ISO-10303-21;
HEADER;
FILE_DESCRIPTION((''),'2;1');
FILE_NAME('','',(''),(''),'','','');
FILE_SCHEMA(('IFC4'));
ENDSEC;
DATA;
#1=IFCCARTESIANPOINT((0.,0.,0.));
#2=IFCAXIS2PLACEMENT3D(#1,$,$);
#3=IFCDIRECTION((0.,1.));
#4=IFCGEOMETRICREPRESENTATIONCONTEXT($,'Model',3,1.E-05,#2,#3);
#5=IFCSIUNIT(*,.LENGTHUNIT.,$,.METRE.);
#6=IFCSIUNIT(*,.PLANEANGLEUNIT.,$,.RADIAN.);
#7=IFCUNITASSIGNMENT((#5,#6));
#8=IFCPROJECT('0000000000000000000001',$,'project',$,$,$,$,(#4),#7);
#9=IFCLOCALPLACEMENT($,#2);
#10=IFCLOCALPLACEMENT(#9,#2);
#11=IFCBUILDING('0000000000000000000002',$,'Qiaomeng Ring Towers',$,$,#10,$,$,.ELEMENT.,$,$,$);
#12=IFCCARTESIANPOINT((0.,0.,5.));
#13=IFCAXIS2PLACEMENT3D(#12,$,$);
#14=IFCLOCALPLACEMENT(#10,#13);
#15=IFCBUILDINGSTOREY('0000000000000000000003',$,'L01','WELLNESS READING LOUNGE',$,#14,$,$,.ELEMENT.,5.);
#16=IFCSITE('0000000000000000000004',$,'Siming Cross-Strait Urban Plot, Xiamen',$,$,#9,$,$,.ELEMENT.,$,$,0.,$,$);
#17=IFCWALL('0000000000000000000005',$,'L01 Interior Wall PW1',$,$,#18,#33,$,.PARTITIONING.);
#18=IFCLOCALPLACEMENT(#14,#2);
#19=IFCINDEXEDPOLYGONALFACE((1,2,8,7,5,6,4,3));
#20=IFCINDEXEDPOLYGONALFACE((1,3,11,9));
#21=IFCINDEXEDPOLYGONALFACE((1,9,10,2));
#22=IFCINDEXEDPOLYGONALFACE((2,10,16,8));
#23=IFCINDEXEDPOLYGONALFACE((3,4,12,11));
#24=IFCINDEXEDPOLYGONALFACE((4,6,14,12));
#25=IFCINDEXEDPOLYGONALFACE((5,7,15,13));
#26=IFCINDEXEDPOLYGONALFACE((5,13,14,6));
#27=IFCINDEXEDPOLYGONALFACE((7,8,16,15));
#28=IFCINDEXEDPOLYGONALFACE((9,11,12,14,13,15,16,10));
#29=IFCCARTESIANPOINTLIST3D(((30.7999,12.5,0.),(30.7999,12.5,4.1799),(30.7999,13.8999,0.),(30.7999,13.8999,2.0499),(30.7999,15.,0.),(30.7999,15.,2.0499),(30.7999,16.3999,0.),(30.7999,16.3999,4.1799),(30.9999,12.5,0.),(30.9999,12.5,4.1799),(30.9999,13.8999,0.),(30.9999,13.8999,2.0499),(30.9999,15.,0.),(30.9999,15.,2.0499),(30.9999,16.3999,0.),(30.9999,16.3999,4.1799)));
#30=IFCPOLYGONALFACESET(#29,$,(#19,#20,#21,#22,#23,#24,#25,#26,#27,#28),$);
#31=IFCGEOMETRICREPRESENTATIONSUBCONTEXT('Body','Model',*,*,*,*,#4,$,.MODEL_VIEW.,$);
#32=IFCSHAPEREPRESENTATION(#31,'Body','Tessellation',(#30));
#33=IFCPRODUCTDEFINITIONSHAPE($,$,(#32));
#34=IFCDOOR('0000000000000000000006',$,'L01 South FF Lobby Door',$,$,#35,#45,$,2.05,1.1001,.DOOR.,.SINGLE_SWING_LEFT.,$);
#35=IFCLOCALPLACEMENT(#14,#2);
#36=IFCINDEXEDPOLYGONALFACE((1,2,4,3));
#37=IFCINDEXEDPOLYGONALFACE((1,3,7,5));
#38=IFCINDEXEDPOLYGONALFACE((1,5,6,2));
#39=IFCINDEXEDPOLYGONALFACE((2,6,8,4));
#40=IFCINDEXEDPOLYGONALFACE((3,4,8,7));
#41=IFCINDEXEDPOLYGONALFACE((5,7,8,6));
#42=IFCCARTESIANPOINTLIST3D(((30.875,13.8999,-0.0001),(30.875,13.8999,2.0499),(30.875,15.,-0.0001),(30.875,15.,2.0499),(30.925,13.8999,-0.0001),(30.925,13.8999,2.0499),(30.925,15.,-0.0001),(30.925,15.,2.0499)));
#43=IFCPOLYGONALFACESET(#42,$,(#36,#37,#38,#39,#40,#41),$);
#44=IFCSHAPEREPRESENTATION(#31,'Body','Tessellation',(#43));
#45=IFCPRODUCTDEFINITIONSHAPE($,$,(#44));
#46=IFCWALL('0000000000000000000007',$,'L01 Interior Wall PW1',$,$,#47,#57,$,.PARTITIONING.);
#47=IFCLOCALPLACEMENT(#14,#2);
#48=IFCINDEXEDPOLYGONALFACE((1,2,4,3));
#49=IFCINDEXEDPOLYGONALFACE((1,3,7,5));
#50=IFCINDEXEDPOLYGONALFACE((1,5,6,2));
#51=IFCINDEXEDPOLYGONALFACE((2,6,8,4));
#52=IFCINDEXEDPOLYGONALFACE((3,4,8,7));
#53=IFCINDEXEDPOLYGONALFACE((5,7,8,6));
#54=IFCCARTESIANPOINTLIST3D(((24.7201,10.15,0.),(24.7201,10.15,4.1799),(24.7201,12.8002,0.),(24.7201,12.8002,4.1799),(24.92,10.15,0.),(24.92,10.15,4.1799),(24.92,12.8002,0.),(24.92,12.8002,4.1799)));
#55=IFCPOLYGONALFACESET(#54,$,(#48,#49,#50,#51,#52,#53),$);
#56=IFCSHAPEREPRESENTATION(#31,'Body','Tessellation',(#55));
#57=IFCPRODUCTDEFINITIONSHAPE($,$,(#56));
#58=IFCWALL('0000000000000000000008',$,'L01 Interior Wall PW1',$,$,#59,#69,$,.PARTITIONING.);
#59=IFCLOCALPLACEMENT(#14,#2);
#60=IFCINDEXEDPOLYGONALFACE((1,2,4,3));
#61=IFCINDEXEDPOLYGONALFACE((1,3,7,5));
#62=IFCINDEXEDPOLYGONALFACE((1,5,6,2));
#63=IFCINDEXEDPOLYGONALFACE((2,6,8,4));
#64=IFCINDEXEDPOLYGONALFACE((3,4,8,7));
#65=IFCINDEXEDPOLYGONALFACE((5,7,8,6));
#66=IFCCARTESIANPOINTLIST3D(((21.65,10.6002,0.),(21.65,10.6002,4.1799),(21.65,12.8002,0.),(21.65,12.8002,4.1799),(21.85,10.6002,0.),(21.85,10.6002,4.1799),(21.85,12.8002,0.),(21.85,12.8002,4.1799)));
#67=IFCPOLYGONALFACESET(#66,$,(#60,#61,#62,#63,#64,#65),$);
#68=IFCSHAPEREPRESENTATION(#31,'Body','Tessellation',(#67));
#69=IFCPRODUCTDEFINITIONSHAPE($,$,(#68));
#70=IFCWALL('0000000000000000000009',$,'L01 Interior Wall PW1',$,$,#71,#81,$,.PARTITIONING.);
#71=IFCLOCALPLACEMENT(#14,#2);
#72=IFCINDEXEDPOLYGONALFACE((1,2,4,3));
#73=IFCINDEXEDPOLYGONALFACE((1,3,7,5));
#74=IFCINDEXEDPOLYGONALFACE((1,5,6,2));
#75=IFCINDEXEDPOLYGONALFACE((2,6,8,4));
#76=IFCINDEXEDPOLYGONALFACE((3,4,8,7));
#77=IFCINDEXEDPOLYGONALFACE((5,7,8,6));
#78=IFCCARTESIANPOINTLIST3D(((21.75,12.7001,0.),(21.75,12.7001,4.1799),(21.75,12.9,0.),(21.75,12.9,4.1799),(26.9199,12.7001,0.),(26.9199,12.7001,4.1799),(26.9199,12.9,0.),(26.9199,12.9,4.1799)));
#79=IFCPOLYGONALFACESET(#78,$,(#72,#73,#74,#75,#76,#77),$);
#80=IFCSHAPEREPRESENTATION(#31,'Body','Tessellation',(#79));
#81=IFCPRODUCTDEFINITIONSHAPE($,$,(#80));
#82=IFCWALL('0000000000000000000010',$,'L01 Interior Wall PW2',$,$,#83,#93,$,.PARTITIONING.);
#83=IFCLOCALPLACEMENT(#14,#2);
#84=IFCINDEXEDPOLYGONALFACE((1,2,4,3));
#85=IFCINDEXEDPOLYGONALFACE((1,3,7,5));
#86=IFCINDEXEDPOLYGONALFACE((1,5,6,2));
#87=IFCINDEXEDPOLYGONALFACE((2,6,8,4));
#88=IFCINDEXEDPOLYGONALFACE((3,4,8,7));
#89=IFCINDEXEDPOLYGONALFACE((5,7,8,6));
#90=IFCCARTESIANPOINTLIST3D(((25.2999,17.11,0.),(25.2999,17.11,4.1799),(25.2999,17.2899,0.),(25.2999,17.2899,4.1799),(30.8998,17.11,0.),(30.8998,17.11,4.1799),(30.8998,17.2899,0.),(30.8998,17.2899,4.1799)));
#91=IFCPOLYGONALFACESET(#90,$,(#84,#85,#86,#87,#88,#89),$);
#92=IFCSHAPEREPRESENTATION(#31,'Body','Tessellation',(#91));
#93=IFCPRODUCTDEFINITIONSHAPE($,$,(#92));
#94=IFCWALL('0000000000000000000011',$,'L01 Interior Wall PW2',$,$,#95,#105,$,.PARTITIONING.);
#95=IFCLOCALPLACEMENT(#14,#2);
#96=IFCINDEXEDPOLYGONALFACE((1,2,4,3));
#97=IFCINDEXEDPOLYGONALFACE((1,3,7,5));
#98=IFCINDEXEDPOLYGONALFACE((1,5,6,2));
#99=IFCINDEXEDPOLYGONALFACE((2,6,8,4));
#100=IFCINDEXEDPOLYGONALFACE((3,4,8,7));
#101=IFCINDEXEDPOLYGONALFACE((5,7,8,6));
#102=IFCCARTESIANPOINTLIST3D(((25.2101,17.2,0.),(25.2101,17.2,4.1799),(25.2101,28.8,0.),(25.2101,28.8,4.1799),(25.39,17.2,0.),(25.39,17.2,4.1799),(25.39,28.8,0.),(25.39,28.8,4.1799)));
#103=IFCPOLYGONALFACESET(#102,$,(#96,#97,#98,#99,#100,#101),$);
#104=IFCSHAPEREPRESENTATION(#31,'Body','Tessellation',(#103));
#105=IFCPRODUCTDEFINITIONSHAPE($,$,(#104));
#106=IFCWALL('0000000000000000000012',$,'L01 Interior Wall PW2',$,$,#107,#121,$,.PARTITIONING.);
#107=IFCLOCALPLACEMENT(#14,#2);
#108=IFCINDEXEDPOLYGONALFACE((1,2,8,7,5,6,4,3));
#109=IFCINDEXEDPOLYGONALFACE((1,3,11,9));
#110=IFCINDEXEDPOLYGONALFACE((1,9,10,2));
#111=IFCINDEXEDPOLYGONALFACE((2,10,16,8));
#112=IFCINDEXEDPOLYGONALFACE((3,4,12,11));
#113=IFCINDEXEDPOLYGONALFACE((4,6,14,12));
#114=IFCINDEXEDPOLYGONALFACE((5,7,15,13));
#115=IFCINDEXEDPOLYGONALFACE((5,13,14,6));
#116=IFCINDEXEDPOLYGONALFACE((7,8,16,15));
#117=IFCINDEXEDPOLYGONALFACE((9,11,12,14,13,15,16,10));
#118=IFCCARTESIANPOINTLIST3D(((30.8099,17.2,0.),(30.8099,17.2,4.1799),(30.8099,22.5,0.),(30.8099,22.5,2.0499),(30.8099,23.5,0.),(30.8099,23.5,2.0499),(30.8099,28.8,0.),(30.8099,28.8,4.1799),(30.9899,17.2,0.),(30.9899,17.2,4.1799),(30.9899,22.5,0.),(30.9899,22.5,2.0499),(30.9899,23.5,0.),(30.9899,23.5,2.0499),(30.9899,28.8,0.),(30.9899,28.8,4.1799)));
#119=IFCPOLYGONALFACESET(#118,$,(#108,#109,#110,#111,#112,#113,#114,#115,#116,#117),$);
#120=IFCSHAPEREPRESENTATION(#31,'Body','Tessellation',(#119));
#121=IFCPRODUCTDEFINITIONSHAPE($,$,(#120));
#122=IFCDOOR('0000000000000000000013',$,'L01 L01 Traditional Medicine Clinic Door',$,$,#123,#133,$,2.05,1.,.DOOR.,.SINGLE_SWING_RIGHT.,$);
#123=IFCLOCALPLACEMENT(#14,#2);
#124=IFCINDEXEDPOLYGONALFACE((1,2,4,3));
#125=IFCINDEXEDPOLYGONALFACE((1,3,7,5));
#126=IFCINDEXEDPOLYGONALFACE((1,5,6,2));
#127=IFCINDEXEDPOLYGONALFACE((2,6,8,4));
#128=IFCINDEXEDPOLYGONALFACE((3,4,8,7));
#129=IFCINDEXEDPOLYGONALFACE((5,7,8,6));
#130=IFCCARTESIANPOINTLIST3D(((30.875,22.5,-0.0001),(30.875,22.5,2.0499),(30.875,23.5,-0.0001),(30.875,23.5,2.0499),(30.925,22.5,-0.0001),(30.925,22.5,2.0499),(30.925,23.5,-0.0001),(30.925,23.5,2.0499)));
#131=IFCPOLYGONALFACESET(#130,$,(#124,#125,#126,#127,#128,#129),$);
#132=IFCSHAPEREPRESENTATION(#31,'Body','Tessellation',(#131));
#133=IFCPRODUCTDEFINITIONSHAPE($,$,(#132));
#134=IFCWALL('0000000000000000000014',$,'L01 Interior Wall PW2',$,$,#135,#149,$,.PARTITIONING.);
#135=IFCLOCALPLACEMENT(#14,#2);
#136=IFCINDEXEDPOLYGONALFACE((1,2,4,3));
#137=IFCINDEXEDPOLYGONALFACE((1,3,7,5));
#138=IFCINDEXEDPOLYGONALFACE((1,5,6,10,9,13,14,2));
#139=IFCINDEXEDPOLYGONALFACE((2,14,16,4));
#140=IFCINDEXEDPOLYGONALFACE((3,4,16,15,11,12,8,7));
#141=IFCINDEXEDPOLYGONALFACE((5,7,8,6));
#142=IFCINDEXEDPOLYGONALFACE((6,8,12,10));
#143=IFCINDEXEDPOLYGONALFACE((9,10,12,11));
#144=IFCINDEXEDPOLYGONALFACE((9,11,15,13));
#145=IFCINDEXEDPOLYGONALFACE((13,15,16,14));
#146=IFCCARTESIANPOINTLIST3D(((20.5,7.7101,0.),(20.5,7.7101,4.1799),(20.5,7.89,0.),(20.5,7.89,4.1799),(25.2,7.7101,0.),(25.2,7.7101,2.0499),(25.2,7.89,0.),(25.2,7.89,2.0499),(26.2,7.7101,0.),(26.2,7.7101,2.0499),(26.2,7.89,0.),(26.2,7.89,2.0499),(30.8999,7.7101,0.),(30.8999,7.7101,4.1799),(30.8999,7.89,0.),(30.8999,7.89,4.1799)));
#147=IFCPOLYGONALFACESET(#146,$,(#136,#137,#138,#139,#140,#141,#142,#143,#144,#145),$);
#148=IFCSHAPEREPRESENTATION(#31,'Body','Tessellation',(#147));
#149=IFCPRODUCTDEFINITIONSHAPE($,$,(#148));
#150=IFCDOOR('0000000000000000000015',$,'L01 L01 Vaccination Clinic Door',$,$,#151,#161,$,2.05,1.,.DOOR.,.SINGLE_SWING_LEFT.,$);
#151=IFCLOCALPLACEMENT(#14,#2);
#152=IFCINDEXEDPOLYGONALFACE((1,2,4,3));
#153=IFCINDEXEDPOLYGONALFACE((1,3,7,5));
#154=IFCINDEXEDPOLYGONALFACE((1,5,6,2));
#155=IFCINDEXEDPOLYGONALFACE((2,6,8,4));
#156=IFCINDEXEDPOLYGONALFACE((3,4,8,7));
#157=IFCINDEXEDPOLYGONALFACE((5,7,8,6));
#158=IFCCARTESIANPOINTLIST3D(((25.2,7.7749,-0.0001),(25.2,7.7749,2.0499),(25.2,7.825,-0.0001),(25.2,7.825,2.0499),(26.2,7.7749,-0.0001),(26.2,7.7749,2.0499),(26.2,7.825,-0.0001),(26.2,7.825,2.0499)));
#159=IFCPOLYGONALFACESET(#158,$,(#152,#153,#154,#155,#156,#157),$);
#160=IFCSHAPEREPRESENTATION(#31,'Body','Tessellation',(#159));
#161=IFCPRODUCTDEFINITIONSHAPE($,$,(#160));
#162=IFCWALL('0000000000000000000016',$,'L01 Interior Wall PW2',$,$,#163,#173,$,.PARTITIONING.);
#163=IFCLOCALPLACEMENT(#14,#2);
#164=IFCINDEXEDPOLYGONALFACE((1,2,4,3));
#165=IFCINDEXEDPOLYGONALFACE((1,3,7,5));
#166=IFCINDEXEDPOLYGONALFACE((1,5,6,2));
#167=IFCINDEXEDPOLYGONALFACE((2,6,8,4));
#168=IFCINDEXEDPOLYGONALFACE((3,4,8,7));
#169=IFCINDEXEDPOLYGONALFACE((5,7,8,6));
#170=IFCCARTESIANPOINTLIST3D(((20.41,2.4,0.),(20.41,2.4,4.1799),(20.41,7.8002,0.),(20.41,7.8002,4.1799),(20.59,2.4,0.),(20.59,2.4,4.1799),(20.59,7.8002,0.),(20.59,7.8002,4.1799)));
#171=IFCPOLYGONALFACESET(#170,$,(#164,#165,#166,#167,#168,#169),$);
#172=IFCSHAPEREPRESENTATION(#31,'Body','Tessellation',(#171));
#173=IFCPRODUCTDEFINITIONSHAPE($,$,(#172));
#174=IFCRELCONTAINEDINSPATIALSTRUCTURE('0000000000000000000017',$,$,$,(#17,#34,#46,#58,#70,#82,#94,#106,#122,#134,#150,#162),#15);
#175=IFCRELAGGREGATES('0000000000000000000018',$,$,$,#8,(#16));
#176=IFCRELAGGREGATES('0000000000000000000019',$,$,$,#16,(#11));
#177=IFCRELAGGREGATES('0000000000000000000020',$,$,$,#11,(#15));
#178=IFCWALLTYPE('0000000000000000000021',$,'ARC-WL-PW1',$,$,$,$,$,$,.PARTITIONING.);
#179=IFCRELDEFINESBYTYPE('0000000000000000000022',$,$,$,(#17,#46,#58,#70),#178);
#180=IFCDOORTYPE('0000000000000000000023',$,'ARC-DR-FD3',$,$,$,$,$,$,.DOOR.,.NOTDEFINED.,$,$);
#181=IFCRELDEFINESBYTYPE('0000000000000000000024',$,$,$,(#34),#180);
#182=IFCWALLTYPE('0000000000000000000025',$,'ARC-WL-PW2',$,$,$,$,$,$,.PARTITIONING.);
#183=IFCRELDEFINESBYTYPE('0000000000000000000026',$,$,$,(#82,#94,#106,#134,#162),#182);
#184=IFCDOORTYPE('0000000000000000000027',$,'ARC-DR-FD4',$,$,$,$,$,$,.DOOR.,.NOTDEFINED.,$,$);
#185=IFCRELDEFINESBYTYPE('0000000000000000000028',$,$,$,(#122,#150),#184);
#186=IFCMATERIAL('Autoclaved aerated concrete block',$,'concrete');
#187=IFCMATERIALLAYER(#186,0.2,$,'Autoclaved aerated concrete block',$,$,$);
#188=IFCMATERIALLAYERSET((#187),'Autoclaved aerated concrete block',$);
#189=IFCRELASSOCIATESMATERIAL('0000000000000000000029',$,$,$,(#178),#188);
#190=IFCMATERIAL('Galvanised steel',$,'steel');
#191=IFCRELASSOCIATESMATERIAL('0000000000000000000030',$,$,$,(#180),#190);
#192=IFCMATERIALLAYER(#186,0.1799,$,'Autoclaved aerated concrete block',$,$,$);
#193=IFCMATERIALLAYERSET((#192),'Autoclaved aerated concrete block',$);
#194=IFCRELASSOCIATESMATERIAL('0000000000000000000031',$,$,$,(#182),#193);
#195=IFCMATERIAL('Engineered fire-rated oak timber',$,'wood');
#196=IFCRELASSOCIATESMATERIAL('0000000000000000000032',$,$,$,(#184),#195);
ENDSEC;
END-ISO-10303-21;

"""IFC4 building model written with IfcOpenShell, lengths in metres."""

from ifc_helpers import new_model, si_unit, direction, frame, frame_2d, origin, place, context, subcontext, project, spatial, rectangle, extrude, source, transform, mapped, material, layer, layer_set, type_object, element, fill, save


model = new_model("IFC4")

# Units and contexts
model_context = context("Model", 3, precision=1e-05, world=origin(), true_north=direction((0.0, 1.0)))
body_context = subcontext(model_context, "Body", "Model", "MODEL_VIEW")
ifc_project = project(units=[si_unit("LENGTHUNIT", "METRE"), si_unit("PLANEANGLEUNIT", "RADIAN")], contexts=[model_context])

# Site, building, storey
site_placement = place(None, origin())
site = spatial("IfcSite", under=ifc_project, at=site_placement, Name="Siming Cross-Strait Urban Plot, Xiamen", CompositionType="ELEMENT", RefElevation=0.0)
building_placement = place(site_placement, origin())
building = spatial("IfcBuilding", under=site, at=building_placement, Name="Qiaomeng Ring Towers", CompositionType="ELEMENT")
storey_placement = place(building_placement, frame((0.0, 0.0, 5.0)))
storey = spatial("IfcBuildingStorey", under=building, at=storey_placement, Name="L01", Description="WELLNESS READING LOUNGE", CompositionType="ELEMENT", Elevation=5.0)

# Shared definitions
ifc_material_1 = material(Name="Autoclaved aerated concrete block", Category="concrete")
ifc_layer_1 = layer(ifc_material_1, 0.2, Name="Autoclaved aerated concrete block")
ifc_layer_set_1 = layer_set([ifc_layer_1], Name="Autoclaved aerated concrete block")
wall_type_1 = type_object("IfcWallType", Name="ARC-WL-PW1", PredefinedType="PARTITIONING", material=ifc_layer_set_1)

# Wall, opening, door
wall_1_placement = place(storey_placement, frame((30.8999, 12.5, 0.0), z_axis=(0.0, 0.0, 1.0), x_axis=(0.0, 1.0, 0.0)))
wall_1 = element("IfcWall", 1, at=wall_1_placement, inside=storey, type_object=wall_type_1, Name="L01 Interior Wall PW1", PredefinedType="PARTITIONING", context=body_context, shape_type="SweptSolid", body=[
    extrude(rectangle(XDim=3.8999, YDim=0.2, at=frame_2d((1.95, 0.0))), origin(), (0.0, 0.0, 1.0), 4.1799),
])
opening_1_placement = place(wall_1_placement, frame((1.3999, 0.0, 0.0)))
opening_1 = element("IfcOpeningElement", 2, at=opening_1_placement, cuts=wall_1, PredefinedType="OPENING", context=body_context, shape_type="SweptSolid", body=[
    extrude(rectangle(XDim=1.1001, YDim=2.05, at=frame_2d((0.55, 1.0249))), frame((0.0, 0.1099, 0.0), z_axis=(0.0, -1.0, 0.0), x_axis=(1.0, 0.0, 0.0)), (0.0, 0.0, 1.0), 0.22),
])
ifc_material_2 = material(Name="Galvanised steel", Category="steel")
door_type_1 = type_object("IfcDoorType", Name="ARC-DR-FD3", OperationType="NOTDEFINED", PredefinedType="DOOR", material=ifc_material_2)
shared_shape_1 = source(origin(), body_context, "Body", "SweptSolid", [
    extrude(rectangle(XDim=1.1001, YDim=2.05, at=frame_2d((0.55, 1.0249))), frame((0.0, 0.0249, 0.0), z_axis=(0.0, -1.0, 0.0), x_axis=(1.0, 0.0, 0.0)), (0.0, 0.0, 1.0), 0.05),
])
door_1_placement = place(opening_1_placement, origin())
door_1 = element("IfcDoor", 3, at=door_1_placement, inside=storey, type_object=door_type_1, Name="L01 South FF Lobby Door", OperationType="SINGLE_SWING_LEFT", OverallHeight=2.05, OverallWidth=1.1001, PredefinedType="DOOR", context=body_context, shape_type="MappedRepresentation", body=[
    mapped(shared_shape_1, transform((0.0, 0.0, 0.0), x_axis=(1.0, 0.0, 0.0), y_axis=(0.0, 1.0, 0.0), z_axis=(0.0, 0.0, 1.0), scale=1.0)),
])
fill(opening_1, door_1)

# Walls
wall_2_placement = place(storey_placement, frame((24.8201, 10.1499, 0.0), z_axis=(0.0, 0.0, 1.0), x_axis=(0.0, 1.0, 0.0)))
element("IfcWall", 4, at=wall_2_placement, inside=storey, type_object=wall_type_1, Name="L01 Interior Wall PW1", PredefinedType="PARTITIONING", context=body_context, shape_type="SweptSolid", body=[
    extrude(rectangle(XDim=2.6501, YDim=0.2, at=frame_2d((1.3252, 0.0))), origin(), (0.0, 0.0, 1.0), 4.1799),
])
wall_3_placement = place(storey_placement, frame((21.75, 10.6001, 0.0), z_axis=(0.0, 0.0, 1.0), x_axis=(0.0, 1.0, 0.0)))
element("IfcWall", 5, at=wall_3_placement, inside=storey, type_object=wall_type_1, Name="L01 Interior Wall PW1", PredefinedType="PARTITIONING", context=body_context, shape_type="SweptSolid", body=[
    extrude(rectangle(XDim=2.2, YDim=0.2, at=frame_2d((1.1001, 0.0))), origin(), (0.0, 0.0, 1.0), 4.1799),
])
wall_4_placement = place(storey_placement, frame((21.75, 12.8, 0.0), z_axis=(0.0, 0.0, 1.0), x_axis=(1.0, 0.0, 0.0)))
element("IfcWall", 6, at=wall_4_placement, inside=storey, type_object=wall_type_1, Name="L01 Interior Wall PW1", PredefinedType="PARTITIONING", context=body_context, shape_type="SweptSolid", body=[
    extrude(rectangle(XDim=5.1699, YDim=0.2, at=frame_2d((2.585, 0.0))), origin(), (0.0, 0.0, 1.0), 4.1799),
])
ifc_layer_2 = layer(ifc_material_1, 0.1799, Name="Autoclaved aerated concrete block")
ifc_layer_set_2 = layer_set([ifc_layer_2], Name="Autoclaved aerated concrete block")
wall_type_2 = type_object("IfcWallType", Name="ARC-WL-PW2", PredefinedType="PARTITIONING", material=ifc_layer_set_2)
wall_5_placement = place(storey_placement, frame((25.3, 17.2, 0.0), z_axis=(0.0, 0.0, 1.0), x_axis=(1.0, 0.0, 0.0)))
element("IfcWall", 7, at=wall_5_placement, inside=storey, type_object=wall_type_2, Name="L01 Interior Wall PW2", PredefinedType="PARTITIONING", context=body_context, shape_type="SweptSolid", body=[
    extrude(rectangle(XDim=5.5999, YDim=0.1799, at=frame_2d((2.7998, 0.0))), origin(), (0.0, 0.0, 1.0), 4.1799),
])
wall_6_placement = place(storey_placement, frame((25.3, 17.2, 0.0), z_axis=(0.0, 0.0, 1.0), x_axis=(0.0, 1.0, 0.0)))
element("IfcWall", 8, at=wall_6_placement, inside=storey, type_object=wall_type_2, Name="L01 Interior Wall PW2", PredefinedType="PARTITIONING", context=body_context, shape_type="SweptSolid", body=[
    extrude(rectangle(XDim=11.6001, YDim=0.1799, at=frame_2d((5.8, 0.0))), origin(), (0.0, 0.0, 1.0), 4.1799),
])

# Walls, openings, doors
wall_7_placement = place(storey_placement, frame((30.8999, 17.2, 0.0), z_axis=(0.0, 0.0, 1.0), x_axis=(0.0, 1.0, 0.0)))
wall_7 = element("IfcWall", 9, at=wall_7_placement, inside=storey, type_object=wall_type_2, Name="L01 Interior Wall PW2", PredefinedType="PARTITIONING", context=body_context, shape_type="SweptSolid", body=[
    extrude(rectangle(XDim=11.6001, YDim=0.1799, at=frame_2d((5.8, 0.0))), origin(), (0.0, 0.0, 1.0), 4.1799),
])
opening_2_placement = place(wall_7_placement, frame((5.3, 0.0, 0.0)))
opening_2 = element("IfcOpeningElement", 10, at=opening_2_placement, cuts=wall_7, PredefinedType="OPENING", context=body_context, shape_type="SweptSolid", body=[
    extrude(rectangle(XDim=1.0, YDim=2.05, at=frame_2d((0.5, 1.0249))), frame((0.0, 0.0999, 0.0), z_axis=(0.0, -1.0, 0.0), x_axis=(1.0, 0.0, 0.0)), (0.0, 0.0, 1.0), 0.2),
])
ifc_material_3 = material(Name="Engineered fire-rated oak timber", Category="wood")
door_type_2 = type_object("IfcDoorType", Name="ARC-DR-FD4", OperationType="NOTDEFINED", PredefinedType="DOOR", material=ifc_material_3)
shared_shape_2 = source(origin(), body_context, "Body", "SweptSolid", [
    extrude(rectangle(XDim=1.0, YDim=2.05, at=frame_2d((0.5, 1.0249))), frame((0.0, 0.0249, 0.0), z_axis=(0.0, -1.0, 0.0), x_axis=(1.0, 0.0, 0.0)), (0.0, 0.0, 1.0), 0.05),
])
door_2_placement = place(opening_2_placement, origin())
door_2 = element("IfcDoor", 11, at=door_2_placement, inside=storey, type_object=door_type_2, Name="L01 L01 Traditional Medicine Clinic Door", OperationType="SINGLE_SWING_RIGHT", OverallHeight=2.05, OverallWidth=1.0, PredefinedType="DOOR", context=body_context, shape_type="MappedRepresentation", body=[
    mapped(shared_shape_2, transform((0.0, 0.0, 0.0), x_axis=(1.0, 0.0, 0.0), y_axis=(0.0, 1.0, 0.0), z_axis=(0.0, 0.0, 1.0), scale=1.0)),
])
fill(opening_2, door_2)
wall_8_placement = place(storey_placement, frame((20.5, 7.8, 0.0), z_axis=(0.0, 0.0, 1.0), x_axis=(1.0, 0.0, 0.0)))
wall_8 = element("IfcWall", 12, at=wall_8_placement, inside=storey, type_object=wall_type_2, Name="L01 Interior Wall PW2", PredefinedType="PARTITIONING", context=body_context, shape_type="SweptSolid", body=[
    extrude(rectangle(XDim=10.3999, YDim=0.1799, at=frame_2d((5.2, 0.0))), origin(), (0.0, 0.0, 1.0), 4.1799),
])
opening_3_placement = place(wall_8_placement, frame((4.7, 0.0, 0.0)))
opening_3 = element("IfcOpeningElement", 13, at=opening_3_placement, cuts=wall_8, PredefinedType="OPENING", context=body_context, shape_type="SweptSolid", body=[
    extrude(rectangle(XDim=1.0, YDim=2.05, at=frame_2d((0.5, 1.0249))), frame((0.0, 0.0999, 0.0), z_axis=(0.0, -1.0, 0.0), x_axis=(1.0, 0.0, 0.0)), (0.0, 0.0, 1.0), 0.2),
])
door_3_placement = place(opening_3_placement, origin())
door_3 = element("IfcDoor", 14, at=door_3_placement, inside=storey, type_object=door_type_2, Name="L01 L01 Vaccination Clinic Door", OperationType="SINGLE_SWING_LEFT", OverallHeight=2.05, OverallWidth=1.0, PredefinedType="DOOR", context=body_context, shape_type="MappedRepresentation", body=[
    mapped(shared_shape_2, transform((0.0, 0.0, 0.0), x_axis=(1.0, 0.0, 0.0), y_axis=(0.0, 1.0, 0.0), z_axis=(0.0, 0.0, 1.0), scale=1.0)),
])
fill(opening_3, door_3)

# Wall
for number, where, z_axis, x_axis, name in (
    (15, (20.5, 2.3999, 0.0), (0.0, 0.0, 1.0), (0.0, 1.0, 0.0), "L01 Interior Wall PW2"),
):
    element("IfcWall", number, at=place(storey_placement, frame(where, z_axis=z_axis, x_axis=x_axis)), inside=storey, type_object=wall_type_2, Name=name, PredefinedType="PARTITIONING", context=body_context, shape_type="SweptSolid", body=[
        extrude(rectangle(XDim=5.4001, YDim=0.1799, at=frame_2d((2.7002, 0.0))), origin(), (0.0, 0.0, 1.0), 4.1799),
    ])

save(model, "model.ifc")
